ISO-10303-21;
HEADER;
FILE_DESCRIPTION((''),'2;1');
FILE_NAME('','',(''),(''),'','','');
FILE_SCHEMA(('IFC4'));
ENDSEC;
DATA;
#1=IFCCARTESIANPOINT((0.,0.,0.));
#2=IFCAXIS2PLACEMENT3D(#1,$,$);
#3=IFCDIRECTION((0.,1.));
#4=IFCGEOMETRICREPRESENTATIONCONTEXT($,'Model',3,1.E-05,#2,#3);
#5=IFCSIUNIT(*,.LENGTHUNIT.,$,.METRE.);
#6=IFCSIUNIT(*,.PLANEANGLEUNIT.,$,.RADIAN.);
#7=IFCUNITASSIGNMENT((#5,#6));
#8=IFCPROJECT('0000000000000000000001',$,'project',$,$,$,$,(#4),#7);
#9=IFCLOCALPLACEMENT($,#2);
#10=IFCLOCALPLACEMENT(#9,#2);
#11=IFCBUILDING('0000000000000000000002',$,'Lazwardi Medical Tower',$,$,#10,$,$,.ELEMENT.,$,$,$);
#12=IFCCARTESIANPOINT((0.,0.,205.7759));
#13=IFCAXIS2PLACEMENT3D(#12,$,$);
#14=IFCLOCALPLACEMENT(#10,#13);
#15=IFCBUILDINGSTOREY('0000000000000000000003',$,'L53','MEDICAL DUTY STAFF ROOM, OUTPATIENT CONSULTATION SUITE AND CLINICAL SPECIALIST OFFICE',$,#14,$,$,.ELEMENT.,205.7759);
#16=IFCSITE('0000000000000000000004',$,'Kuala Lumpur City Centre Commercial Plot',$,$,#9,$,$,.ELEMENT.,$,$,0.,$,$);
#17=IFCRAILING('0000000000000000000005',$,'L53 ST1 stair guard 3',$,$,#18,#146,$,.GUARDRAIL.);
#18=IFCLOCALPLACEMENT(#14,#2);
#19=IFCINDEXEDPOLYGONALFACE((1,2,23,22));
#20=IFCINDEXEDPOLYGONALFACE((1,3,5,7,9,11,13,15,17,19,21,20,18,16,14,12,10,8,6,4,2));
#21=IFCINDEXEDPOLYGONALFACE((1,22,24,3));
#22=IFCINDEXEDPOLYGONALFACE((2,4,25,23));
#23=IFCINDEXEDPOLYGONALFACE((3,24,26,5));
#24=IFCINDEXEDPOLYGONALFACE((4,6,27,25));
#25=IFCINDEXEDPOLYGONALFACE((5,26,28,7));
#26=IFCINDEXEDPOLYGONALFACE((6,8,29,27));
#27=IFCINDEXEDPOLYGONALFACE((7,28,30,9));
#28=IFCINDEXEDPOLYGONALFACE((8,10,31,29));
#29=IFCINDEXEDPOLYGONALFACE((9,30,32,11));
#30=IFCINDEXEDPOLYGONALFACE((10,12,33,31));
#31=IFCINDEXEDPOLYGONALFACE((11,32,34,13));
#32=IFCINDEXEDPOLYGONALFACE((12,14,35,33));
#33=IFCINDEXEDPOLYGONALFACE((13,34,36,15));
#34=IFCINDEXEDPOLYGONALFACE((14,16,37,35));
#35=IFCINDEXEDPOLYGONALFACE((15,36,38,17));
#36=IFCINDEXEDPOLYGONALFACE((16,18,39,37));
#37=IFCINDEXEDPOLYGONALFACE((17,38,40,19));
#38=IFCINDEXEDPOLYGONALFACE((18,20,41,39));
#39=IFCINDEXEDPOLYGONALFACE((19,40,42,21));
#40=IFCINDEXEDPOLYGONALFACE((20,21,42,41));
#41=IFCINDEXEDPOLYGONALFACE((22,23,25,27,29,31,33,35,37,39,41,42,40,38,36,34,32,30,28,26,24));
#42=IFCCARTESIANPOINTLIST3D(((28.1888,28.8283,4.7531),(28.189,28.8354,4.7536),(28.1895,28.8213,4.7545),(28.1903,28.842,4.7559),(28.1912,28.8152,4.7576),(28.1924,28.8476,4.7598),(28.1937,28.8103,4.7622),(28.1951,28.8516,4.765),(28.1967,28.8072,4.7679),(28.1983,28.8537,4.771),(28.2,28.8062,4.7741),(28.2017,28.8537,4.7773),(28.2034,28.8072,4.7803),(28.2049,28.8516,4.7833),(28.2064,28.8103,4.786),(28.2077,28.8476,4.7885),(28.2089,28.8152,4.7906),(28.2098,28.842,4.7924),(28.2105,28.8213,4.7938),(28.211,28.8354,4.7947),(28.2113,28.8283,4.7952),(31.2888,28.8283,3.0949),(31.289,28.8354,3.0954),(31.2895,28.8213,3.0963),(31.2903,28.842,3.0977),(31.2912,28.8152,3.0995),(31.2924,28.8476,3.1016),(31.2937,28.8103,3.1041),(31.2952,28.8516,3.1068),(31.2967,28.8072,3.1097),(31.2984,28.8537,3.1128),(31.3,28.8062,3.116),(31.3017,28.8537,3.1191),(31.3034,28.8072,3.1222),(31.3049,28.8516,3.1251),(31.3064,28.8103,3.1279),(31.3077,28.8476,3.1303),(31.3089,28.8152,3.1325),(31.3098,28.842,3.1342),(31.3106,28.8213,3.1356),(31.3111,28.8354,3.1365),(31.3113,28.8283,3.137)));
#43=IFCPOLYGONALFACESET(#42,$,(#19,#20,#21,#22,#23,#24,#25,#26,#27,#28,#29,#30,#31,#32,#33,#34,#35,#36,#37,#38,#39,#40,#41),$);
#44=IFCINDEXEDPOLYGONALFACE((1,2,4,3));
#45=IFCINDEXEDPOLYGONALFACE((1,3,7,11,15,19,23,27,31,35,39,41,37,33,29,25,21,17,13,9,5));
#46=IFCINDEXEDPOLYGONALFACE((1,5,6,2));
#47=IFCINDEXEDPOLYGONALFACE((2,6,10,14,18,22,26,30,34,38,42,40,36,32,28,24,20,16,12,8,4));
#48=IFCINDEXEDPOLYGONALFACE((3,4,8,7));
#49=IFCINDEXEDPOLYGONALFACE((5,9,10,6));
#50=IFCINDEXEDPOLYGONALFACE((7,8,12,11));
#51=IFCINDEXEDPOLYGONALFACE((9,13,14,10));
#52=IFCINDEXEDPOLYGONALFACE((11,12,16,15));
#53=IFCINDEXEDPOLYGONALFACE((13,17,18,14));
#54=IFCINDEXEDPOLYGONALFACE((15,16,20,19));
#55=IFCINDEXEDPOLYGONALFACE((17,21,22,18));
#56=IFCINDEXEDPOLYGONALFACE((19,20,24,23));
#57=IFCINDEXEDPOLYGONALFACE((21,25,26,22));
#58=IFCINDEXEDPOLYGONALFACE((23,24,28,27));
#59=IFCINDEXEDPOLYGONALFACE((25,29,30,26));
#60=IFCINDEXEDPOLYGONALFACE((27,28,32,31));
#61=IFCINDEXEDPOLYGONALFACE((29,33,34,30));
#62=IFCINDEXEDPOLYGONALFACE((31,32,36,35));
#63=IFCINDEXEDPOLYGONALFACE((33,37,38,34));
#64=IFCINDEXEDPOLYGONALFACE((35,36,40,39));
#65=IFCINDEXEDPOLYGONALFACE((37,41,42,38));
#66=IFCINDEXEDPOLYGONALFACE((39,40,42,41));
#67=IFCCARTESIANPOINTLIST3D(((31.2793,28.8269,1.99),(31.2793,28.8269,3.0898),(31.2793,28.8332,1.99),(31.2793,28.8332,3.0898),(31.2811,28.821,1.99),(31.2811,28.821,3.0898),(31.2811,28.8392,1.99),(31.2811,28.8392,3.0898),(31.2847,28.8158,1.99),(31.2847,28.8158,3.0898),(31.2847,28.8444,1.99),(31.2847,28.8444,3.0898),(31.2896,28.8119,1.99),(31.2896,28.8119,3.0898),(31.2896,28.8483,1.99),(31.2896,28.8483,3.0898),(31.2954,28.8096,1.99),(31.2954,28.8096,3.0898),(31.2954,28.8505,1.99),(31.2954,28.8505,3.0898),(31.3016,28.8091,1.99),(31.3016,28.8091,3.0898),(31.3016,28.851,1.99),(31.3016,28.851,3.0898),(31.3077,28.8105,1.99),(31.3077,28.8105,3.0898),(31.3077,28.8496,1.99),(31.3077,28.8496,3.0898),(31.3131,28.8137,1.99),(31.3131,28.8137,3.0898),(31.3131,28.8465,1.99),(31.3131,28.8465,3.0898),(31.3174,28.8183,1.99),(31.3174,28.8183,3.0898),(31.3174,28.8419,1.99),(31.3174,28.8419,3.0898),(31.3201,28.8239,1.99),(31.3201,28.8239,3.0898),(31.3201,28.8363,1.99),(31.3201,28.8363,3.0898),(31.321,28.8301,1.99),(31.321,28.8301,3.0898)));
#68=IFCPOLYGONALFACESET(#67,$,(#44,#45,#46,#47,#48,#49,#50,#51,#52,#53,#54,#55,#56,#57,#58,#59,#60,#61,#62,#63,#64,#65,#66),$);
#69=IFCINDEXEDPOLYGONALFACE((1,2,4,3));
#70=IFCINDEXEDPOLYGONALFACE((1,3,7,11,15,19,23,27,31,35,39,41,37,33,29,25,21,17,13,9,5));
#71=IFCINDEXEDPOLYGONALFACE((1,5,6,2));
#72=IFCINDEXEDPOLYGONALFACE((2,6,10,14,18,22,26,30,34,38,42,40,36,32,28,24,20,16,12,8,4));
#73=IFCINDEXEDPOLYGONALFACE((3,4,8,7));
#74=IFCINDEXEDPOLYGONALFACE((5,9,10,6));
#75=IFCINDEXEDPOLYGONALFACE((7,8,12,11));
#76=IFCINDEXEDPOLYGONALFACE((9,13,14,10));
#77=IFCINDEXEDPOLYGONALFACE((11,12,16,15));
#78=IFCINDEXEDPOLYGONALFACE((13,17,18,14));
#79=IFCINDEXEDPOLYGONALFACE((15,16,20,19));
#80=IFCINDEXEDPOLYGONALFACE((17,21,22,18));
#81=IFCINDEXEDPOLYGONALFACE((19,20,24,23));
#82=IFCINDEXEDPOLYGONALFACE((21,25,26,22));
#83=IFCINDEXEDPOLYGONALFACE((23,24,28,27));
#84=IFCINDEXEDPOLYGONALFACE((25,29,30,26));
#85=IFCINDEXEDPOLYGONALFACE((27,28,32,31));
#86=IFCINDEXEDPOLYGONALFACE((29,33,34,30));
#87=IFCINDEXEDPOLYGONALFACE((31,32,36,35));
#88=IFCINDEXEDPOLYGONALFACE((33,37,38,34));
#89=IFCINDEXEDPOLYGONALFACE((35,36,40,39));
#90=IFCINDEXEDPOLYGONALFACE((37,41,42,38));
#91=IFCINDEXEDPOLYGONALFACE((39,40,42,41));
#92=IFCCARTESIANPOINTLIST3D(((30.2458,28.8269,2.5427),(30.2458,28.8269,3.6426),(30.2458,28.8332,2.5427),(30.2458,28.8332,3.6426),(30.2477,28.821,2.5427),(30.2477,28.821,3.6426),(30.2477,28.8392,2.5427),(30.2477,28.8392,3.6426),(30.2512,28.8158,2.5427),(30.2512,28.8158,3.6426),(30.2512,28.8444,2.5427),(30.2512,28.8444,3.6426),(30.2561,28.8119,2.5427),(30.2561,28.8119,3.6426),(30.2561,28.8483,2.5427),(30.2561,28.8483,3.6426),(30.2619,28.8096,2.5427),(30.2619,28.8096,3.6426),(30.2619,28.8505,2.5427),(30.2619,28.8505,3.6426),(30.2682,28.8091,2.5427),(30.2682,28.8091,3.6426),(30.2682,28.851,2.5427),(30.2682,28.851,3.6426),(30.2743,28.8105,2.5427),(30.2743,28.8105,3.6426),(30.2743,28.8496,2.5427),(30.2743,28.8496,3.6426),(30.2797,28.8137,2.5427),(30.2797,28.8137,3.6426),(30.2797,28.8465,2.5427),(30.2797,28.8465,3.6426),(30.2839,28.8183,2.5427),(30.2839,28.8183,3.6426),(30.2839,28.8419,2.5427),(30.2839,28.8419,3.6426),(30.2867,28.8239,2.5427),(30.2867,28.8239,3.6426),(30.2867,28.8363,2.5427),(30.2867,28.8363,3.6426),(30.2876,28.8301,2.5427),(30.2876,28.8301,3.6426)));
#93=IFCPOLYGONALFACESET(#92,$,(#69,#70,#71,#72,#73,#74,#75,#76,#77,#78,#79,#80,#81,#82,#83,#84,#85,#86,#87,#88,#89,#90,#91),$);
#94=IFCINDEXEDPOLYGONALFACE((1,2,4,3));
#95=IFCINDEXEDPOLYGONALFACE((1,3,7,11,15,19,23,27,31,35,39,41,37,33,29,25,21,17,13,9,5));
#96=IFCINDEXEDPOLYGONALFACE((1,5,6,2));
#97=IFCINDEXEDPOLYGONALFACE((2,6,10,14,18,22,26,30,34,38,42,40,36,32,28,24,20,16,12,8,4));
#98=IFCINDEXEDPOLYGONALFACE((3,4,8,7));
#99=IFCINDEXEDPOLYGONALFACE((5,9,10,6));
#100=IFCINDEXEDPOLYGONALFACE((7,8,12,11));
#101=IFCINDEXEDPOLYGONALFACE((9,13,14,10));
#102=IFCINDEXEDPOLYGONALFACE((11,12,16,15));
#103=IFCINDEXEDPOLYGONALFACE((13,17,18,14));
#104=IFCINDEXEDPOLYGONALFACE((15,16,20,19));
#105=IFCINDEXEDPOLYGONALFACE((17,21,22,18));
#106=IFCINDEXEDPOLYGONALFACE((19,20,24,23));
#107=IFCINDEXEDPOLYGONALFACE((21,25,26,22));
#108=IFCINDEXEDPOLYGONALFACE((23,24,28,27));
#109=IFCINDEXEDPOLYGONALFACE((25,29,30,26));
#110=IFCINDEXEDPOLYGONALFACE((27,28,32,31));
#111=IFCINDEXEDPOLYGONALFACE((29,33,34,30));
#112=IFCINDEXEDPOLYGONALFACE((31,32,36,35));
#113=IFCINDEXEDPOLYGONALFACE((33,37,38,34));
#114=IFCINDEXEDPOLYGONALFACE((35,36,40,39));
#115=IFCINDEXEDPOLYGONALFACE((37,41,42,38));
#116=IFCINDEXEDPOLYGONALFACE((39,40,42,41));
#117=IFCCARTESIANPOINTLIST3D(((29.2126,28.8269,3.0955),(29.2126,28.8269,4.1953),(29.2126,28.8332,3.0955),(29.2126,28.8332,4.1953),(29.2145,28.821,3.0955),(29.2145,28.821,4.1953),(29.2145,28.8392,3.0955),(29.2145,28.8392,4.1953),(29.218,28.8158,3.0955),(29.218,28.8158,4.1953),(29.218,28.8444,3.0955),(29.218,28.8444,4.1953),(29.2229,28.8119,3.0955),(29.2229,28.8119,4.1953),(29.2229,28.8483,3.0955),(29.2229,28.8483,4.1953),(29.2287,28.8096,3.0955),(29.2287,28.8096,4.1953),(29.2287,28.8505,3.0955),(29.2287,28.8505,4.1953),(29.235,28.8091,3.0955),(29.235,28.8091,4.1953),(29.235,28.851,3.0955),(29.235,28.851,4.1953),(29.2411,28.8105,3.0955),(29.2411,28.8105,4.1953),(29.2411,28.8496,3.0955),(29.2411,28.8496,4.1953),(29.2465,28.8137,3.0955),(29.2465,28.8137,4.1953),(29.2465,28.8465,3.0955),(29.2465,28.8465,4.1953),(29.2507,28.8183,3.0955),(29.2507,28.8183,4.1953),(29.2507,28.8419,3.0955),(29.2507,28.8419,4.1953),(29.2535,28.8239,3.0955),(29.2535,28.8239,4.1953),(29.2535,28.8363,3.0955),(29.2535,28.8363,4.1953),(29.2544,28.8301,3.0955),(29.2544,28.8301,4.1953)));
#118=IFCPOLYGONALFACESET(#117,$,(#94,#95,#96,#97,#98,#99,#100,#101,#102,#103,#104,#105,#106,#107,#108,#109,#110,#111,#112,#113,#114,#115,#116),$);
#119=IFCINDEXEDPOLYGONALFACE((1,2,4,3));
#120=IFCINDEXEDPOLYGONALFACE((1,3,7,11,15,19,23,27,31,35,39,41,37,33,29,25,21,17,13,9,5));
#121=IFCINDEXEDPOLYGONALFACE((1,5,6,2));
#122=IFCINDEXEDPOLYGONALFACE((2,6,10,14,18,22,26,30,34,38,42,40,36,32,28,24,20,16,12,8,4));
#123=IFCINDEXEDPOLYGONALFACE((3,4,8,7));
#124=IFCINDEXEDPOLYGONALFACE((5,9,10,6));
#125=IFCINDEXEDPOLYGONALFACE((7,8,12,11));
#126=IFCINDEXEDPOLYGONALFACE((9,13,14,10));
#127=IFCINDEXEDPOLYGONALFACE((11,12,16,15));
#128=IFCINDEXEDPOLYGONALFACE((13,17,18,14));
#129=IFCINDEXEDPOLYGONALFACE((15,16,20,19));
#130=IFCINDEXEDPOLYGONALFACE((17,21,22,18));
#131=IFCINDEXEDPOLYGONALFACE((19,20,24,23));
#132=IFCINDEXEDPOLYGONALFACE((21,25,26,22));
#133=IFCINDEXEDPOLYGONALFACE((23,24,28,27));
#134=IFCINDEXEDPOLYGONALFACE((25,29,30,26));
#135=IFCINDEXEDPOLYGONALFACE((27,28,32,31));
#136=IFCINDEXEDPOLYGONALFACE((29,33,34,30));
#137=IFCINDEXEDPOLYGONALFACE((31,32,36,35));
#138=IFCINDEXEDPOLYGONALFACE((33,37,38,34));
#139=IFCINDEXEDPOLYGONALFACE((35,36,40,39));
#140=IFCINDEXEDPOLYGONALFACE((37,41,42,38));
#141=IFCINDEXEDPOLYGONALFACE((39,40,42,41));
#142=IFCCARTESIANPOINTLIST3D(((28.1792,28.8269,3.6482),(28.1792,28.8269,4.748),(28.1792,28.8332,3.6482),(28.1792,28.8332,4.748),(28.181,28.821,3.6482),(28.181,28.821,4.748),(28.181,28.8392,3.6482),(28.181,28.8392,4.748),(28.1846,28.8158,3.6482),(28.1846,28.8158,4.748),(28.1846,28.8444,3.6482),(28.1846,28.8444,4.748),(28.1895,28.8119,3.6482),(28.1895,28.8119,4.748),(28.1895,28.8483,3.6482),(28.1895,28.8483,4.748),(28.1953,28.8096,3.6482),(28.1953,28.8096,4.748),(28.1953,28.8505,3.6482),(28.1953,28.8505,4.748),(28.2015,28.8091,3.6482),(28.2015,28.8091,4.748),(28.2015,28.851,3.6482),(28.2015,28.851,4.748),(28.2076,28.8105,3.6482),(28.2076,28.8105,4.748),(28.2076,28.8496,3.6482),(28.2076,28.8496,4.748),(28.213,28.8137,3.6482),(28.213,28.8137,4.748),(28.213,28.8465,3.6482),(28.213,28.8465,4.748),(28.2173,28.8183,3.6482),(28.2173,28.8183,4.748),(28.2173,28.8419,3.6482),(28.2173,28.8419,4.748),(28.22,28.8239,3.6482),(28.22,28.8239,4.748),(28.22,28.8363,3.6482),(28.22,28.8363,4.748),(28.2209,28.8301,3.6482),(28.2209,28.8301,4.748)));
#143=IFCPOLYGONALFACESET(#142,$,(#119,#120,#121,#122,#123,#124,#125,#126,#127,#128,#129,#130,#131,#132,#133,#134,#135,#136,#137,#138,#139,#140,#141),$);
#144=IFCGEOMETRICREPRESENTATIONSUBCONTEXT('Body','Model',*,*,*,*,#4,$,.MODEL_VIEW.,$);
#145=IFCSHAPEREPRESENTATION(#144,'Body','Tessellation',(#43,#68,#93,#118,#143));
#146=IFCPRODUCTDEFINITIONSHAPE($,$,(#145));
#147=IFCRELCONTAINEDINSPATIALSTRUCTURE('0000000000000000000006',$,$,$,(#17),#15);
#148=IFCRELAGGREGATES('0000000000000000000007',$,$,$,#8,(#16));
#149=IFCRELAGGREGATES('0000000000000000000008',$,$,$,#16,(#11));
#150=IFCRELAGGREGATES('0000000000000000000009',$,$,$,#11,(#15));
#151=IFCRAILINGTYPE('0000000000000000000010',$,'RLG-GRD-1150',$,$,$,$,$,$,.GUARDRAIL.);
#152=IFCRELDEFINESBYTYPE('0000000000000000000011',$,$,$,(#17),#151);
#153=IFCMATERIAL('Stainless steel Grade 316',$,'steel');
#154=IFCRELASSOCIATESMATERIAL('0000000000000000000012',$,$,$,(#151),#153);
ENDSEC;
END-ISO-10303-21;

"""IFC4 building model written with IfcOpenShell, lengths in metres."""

from ifc_helpers import new_model, si_unit, direction, frame, origin, origin_2d, place, context, subcontext, project, spatial, circle, extrude, material, type_object, element, save


model = new_model("IFC4")

# Units and contexts
model_context = context("Model", 3, precision=1e-05, world=origin(), true_north=direction((0.0, 1.0)))
body_context = subcontext(model_context, "Body", "Model", "MODEL_VIEW")
ifc_project = project(units=[si_unit("LENGTHUNIT", "METRE"), si_unit("PLANEANGLEUNIT", "RADIAN")], contexts=[model_context])

# Site, building, storey
site_placement = place(None, origin())
site = spatial("IfcSite", under=ifc_project, at=site_placement, Name="Kuala Lumpur City Centre Commercial Plot", CompositionType="ELEMENT", RefElevation=0.0)
building_placement = place(site_placement, origin())
building = spatial("IfcBuilding", under=site, at=building_placement, Name="Lazwardi Medical Tower", CompositionType="ELEMENT")
storey_placement = place(building_placement, frame((0.0, 0.0, 205.7759)))
storey = spatial("IfcBuildingStorey", under=building, at=storey_placement, Name="L53", Description="MEDICAL DUTY STAFF ROOM, OUTPATIENT CONSULTATION SUITE AND CLINICAL SPECIALIST OFFICE", CompositionType="ELEMENT", Elevation=205.7759)

# Railing
ifc_material_1 = material(Name="Stainless steel Grade 316", Category="steel")
railing_type_1 = type_object("IfcRailingType", Name="RLG-GRD-1150", PredefinedType="GUARDRAIL", material=ifc_material_1)
railing_1_placement = place(storey_placement, frame((31.3, 28.8301, 1.99)))
element("IfcRailing", 1, at=railing_1_placement, inside=storey, type_object=railing_type_1, Name="L53 ST1 stair guard 3", PredefinedType="GUARDRAIL", context=body_context, shape_type="SweptSolid", body=[
    extrude(circle(Radius=0.0239, at=origin_2d()), frame((0.0, 0.0, 1.126), z_axis=(-0.881783, 0.0, 0.471655), x_axis=(0.0, -1.0, 0.0)), (0.0, 0.0, 1.0), 3.5156),
    extrude(circle(Radius=0.021, at=origin_2d()), origin(), (0.0, 0.0, 1.0), 1.0999),
    extrude(circle(Radius=0.021, at=origin_2d()), frame((-1.0334, 0.0, 0.5527)), (0.0, 0.0, 1.0), 1.0999),
    extrude(circle(Radius=0.021, at=origin_2d()), frame((-2.0667, 0.0, 1.1055)), (0.0, 0.0, 1.0), 1.0999),
    extrude(circle(Radius=0.021, at=origin_2d()), frame((-3.1001, 0.0, 1.6582)), (0.0, 0.0, 1.0), 1.0999),
])

save(model, "model.ifc")
